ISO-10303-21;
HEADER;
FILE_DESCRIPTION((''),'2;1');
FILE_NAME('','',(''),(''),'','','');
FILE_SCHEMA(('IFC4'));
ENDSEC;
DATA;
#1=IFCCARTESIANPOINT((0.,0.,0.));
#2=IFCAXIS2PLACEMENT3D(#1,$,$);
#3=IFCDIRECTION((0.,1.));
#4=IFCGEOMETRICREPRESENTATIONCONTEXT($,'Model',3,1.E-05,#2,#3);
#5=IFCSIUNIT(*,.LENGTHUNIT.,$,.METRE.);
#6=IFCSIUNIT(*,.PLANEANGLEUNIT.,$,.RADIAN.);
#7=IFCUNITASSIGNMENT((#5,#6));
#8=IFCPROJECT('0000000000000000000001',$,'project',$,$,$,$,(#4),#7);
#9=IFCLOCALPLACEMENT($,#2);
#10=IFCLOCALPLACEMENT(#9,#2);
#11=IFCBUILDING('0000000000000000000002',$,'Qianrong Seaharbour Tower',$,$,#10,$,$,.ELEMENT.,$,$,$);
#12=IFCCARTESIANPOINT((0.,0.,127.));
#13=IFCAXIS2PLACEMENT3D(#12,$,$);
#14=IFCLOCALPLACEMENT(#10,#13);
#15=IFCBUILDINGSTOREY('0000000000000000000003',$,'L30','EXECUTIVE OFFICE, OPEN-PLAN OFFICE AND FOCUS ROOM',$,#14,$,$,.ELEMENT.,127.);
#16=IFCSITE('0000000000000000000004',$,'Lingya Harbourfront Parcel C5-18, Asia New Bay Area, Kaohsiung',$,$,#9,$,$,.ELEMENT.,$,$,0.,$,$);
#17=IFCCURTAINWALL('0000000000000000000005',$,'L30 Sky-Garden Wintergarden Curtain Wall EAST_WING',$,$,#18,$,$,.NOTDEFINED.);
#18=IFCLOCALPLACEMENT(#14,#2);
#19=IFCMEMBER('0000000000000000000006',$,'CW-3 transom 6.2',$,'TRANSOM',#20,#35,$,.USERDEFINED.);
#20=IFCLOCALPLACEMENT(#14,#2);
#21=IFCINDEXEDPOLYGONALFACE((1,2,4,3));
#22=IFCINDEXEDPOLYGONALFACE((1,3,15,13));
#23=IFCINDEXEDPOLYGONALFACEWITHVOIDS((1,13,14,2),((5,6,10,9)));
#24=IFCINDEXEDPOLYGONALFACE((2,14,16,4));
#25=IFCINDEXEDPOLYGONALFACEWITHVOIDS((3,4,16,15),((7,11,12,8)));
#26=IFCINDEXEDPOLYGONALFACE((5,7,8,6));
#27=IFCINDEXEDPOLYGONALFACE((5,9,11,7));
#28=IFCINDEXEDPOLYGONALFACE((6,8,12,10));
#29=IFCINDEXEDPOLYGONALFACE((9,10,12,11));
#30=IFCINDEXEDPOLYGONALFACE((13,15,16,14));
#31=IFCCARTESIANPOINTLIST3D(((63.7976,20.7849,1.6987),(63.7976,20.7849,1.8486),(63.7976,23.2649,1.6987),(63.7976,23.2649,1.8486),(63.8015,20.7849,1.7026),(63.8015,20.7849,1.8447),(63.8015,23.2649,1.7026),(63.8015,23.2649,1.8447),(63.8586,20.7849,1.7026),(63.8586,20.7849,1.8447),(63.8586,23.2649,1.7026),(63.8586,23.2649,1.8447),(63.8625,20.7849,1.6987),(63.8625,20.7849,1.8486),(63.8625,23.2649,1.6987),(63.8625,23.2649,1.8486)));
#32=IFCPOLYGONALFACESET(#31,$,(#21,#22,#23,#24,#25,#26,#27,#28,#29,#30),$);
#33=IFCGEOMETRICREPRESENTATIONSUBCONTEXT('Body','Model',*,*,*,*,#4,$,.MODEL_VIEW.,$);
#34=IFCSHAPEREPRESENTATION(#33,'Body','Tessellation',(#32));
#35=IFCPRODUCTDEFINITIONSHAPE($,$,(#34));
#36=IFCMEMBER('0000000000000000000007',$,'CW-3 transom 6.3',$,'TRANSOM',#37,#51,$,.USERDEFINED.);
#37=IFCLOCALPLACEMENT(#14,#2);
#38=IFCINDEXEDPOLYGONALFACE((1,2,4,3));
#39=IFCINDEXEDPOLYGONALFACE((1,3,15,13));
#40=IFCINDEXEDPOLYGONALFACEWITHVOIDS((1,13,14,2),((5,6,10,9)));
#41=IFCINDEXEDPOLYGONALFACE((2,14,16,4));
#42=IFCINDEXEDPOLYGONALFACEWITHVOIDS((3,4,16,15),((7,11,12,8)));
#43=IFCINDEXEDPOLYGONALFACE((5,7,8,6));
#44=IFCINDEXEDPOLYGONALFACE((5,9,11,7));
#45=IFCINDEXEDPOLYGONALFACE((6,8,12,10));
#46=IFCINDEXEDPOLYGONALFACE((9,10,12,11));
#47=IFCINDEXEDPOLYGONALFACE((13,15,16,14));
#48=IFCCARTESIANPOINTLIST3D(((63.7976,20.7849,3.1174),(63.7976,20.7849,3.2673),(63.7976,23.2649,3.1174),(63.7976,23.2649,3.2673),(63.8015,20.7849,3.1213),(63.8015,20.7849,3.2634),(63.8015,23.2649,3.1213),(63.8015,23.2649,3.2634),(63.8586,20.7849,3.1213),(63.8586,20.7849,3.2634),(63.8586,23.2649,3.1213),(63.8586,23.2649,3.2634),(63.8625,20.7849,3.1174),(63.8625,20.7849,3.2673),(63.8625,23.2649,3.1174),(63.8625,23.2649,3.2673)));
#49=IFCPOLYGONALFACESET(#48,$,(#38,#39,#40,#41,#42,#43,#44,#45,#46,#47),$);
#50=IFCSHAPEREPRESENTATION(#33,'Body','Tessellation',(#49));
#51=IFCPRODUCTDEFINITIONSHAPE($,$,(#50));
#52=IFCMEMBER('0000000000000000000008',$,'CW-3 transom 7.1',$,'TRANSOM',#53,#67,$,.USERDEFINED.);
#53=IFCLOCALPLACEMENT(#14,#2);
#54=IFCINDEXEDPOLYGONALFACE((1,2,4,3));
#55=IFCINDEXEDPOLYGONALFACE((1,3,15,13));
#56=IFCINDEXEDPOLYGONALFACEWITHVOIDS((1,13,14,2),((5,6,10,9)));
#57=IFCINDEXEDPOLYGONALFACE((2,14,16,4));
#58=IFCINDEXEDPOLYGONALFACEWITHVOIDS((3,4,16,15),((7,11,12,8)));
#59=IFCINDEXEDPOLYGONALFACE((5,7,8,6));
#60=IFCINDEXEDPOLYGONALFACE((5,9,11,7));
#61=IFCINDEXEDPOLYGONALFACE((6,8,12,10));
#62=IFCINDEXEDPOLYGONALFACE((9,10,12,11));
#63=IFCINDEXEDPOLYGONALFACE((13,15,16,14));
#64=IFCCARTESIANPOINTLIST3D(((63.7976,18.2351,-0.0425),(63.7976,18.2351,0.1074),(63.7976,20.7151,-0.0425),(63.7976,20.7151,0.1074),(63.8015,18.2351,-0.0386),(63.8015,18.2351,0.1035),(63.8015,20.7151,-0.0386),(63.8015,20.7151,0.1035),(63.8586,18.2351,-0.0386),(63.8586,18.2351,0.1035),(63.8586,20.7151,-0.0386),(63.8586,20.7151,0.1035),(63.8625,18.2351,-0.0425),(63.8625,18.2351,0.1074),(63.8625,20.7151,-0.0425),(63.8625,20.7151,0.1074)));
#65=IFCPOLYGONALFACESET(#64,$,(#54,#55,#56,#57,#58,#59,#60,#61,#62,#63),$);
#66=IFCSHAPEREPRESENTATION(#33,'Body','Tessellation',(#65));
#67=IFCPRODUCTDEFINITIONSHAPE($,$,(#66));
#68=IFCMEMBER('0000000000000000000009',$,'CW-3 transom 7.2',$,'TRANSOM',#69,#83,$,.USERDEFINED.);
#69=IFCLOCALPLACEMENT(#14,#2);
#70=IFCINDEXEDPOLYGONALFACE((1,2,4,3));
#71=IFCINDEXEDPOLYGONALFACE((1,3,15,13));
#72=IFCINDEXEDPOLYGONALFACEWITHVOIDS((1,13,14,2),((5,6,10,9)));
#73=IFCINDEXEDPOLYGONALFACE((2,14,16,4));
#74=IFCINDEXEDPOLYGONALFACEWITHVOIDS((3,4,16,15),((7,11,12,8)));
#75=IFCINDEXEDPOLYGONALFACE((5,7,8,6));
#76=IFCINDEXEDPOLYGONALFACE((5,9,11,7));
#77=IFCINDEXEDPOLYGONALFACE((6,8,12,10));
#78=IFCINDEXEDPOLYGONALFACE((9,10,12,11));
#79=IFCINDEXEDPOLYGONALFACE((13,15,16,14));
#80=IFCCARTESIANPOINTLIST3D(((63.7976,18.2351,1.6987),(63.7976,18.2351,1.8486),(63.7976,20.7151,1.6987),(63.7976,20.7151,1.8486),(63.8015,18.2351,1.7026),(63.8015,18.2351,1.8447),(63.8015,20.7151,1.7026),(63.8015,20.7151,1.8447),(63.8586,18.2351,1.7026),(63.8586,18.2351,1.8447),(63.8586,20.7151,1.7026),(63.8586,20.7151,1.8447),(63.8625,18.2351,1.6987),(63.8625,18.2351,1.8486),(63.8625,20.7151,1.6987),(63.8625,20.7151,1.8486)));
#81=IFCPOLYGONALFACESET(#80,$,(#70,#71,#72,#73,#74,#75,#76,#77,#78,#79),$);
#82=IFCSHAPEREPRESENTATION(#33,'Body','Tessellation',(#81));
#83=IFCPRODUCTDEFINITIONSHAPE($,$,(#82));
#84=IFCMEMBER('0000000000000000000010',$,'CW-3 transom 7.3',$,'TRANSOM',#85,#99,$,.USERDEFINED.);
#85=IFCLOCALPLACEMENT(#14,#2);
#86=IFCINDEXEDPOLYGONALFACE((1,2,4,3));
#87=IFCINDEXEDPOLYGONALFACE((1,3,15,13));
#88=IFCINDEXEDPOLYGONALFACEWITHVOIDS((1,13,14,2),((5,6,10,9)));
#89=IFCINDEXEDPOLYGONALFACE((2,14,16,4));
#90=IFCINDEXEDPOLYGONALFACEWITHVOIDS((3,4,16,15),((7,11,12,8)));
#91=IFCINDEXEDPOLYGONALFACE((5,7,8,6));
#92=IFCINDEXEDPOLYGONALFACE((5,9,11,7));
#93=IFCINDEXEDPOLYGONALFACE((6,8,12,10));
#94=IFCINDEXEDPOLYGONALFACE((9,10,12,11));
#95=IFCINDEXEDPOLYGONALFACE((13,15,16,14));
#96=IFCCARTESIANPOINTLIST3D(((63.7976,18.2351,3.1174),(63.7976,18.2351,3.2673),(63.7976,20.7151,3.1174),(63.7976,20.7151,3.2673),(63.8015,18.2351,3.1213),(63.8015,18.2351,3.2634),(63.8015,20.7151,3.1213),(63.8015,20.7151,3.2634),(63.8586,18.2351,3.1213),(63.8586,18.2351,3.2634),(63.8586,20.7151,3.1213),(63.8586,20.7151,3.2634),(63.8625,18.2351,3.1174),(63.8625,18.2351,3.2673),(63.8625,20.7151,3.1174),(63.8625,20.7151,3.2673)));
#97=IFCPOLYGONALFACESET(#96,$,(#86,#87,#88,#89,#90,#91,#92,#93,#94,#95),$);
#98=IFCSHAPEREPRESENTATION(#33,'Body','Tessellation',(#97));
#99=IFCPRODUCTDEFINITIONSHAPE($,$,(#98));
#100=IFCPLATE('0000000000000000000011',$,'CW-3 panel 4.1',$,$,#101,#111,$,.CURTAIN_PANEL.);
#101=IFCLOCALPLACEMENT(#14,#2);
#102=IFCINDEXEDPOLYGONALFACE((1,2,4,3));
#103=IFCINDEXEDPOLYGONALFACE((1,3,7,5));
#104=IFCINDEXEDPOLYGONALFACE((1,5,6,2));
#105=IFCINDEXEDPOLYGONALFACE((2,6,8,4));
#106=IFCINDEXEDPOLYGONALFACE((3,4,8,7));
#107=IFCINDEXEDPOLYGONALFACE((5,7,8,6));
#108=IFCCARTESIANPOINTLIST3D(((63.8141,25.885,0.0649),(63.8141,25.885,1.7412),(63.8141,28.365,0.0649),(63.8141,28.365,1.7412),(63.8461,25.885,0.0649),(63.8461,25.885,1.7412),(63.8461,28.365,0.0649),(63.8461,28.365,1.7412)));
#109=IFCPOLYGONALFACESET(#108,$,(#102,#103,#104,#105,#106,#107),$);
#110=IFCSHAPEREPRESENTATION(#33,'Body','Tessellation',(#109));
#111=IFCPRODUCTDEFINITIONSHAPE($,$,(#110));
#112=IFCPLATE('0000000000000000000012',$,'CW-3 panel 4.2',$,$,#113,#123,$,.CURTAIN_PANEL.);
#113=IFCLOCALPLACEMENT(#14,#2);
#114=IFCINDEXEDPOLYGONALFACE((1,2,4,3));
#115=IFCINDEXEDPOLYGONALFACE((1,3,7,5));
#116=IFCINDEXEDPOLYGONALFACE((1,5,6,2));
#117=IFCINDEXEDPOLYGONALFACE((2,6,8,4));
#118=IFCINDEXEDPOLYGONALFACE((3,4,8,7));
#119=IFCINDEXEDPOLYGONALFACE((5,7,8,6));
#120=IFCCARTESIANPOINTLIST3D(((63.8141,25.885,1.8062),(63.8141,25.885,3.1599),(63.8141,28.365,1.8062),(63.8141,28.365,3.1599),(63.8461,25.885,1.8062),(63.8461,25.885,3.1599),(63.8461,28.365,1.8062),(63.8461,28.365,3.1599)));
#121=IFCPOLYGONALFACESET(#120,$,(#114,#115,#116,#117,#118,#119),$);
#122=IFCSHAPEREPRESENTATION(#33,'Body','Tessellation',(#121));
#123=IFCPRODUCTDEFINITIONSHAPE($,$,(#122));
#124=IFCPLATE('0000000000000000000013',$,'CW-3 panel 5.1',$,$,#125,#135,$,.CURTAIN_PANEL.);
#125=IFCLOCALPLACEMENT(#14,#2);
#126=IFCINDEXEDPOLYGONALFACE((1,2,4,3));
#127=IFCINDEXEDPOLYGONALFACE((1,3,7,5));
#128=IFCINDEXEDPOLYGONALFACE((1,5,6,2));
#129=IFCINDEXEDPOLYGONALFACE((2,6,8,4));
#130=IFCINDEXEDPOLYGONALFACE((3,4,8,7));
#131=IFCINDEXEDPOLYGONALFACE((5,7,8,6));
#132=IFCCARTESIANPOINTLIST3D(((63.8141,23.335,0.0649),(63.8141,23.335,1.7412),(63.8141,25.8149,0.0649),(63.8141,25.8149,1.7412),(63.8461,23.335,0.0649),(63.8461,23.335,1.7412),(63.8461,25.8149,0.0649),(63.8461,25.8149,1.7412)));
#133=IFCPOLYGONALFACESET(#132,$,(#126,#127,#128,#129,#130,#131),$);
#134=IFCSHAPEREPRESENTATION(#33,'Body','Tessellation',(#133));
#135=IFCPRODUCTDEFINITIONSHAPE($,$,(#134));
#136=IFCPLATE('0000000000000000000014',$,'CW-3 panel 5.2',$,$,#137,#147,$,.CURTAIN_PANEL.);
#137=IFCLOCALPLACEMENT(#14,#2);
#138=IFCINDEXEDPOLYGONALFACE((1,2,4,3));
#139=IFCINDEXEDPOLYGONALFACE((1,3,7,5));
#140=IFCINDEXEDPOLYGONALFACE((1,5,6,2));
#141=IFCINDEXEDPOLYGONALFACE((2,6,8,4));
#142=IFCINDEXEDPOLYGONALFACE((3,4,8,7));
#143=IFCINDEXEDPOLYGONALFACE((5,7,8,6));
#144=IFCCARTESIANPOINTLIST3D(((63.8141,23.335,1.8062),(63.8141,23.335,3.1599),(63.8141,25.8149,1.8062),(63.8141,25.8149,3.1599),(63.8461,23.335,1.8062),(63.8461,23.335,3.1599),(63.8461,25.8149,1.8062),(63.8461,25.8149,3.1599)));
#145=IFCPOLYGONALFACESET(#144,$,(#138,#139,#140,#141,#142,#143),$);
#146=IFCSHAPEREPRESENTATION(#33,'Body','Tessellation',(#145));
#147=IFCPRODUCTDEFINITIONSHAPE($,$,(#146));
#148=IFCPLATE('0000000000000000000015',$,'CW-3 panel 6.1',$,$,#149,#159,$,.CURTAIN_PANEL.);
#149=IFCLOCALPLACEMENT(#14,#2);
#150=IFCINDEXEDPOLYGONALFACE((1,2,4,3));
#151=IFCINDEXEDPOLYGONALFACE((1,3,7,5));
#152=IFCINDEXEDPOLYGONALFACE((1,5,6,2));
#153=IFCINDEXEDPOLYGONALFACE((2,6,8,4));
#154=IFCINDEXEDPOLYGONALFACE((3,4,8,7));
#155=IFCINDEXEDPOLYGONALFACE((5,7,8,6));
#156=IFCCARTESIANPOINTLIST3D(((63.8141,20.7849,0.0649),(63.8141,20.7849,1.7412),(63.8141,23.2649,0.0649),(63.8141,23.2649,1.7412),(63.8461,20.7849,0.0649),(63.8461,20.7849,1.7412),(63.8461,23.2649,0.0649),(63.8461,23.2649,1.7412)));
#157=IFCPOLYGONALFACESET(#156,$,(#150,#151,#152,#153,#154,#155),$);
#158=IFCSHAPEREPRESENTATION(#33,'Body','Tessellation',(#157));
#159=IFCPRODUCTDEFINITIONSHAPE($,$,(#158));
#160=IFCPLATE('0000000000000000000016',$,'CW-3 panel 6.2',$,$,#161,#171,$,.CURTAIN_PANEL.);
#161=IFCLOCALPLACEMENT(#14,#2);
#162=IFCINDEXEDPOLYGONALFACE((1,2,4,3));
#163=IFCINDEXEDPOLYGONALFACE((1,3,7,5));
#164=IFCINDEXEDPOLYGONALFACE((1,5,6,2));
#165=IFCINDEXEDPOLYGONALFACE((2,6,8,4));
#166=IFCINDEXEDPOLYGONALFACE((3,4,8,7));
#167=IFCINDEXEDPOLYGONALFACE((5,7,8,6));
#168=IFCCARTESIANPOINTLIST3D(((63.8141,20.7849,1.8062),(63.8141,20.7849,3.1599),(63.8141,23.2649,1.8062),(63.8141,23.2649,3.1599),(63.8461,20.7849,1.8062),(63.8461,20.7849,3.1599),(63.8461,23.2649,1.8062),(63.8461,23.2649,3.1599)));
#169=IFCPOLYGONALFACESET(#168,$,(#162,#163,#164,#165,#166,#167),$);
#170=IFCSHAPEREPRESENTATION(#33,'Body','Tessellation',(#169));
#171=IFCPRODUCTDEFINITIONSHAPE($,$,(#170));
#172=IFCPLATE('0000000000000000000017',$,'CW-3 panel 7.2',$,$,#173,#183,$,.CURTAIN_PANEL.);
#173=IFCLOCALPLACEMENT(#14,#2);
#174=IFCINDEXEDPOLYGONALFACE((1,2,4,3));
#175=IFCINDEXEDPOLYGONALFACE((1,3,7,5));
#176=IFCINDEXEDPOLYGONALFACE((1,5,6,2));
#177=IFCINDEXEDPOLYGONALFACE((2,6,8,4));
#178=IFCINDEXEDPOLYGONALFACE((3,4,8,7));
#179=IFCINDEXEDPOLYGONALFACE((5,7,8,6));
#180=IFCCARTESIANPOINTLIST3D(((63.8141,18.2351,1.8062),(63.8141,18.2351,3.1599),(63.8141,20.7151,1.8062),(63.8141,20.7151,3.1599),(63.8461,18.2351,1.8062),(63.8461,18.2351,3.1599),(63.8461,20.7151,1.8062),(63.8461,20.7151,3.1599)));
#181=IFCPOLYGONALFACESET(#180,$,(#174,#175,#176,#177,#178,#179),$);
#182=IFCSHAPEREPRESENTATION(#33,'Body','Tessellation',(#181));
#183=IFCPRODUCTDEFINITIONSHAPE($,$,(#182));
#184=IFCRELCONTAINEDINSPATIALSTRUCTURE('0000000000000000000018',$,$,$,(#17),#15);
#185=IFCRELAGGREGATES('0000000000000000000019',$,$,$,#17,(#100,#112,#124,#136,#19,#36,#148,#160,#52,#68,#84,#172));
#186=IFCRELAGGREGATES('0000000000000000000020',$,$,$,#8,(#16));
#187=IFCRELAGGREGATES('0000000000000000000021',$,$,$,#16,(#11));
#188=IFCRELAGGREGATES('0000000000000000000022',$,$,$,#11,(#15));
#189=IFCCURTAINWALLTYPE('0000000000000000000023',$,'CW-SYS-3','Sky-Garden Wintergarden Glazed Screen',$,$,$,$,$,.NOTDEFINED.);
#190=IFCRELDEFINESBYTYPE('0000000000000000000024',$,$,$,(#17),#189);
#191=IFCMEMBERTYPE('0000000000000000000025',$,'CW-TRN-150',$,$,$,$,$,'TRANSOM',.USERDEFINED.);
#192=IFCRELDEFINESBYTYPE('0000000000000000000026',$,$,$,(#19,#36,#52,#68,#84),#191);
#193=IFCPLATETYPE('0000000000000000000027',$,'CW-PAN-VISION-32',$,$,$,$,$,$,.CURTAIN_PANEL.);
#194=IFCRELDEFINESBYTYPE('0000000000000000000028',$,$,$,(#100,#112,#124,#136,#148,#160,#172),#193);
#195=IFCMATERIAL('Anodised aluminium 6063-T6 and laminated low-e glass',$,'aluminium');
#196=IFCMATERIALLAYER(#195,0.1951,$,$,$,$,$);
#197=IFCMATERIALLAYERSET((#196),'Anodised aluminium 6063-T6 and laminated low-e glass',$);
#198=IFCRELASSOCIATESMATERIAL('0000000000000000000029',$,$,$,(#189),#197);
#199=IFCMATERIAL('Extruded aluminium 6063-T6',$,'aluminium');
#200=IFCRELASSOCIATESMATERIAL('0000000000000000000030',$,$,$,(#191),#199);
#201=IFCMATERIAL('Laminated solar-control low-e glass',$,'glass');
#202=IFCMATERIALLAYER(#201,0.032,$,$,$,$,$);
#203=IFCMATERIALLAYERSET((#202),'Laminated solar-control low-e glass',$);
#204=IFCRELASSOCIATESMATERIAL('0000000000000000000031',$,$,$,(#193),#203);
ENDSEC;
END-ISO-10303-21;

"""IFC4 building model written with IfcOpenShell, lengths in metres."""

from ifc_helpers import new_model, si_unit, direction, frame, origin, origin_2d, place, context, subcontext, project, spatial, rectangle, hollow_rectangle, extrude, material, layer, layer_set, material_profile, profile_set, type_object, element, aggregate, save


model = new_model("IFC4")

# Units and contexts
model_context = context("Model", 3, precision=1e-05, world=origin(), true_north=direction((0.0, 1.0)))
body_context = subcontext(model_context, "Body", "Model", "MODEL_VIEW")
ifc_project = project(units=[si_unit("LENGTHUNIT", "METRE"), si_unit("PLANEANGLEUNIT", "RADIAN")], contexts=[model_context])

# Site, building, storey
site_placement = place(None, origin())
site = spatial("IfcSite", under=ifc_project, at=site_placement, Name="Lingya Harbourfront Parcel C5-18, Asia New Bay Area, Kaohsiung", CompositionType="ELEMENT", RefElevation=0.0)
building_placement = place(site_placement, origin())
building = spatial("IfcBuilding", under=site, at=building_placement, Name="Qianrong Seaharbour Tower", CompositionType="ELEMENT")
storey_placement = place(building_placement, frame((0.0, 0.0, 127.0)))
storey = spatial("IfcBuildingStorey", under=building, at=storey_placement, Name="L30", Description="EXECUTIVE OFFICE, OPEN-PLAN OFFICE AND FOCUS ROOM", CompositionType="ELEMENT", Elevation=127.0)

# Curtain wall, members, plates
ifc_material_1 = material(Name="Anodised aluminium 6063-T6 and laminated low-e glass", Category="aluminium")
ifc_layer_1 = layer(ifc_material_1, 0.1951)
ifc_layer_set_1 = layer_set([ifc_layer_1], Name="Anodised aluminium 6063-T6 and laminated low-e glass")
curtain_wall_type = type_object("IfcCurtainWallType", Name="CW-SYS-3", Description="Sky-Garden Wintergarden Glazed Screen", PredefinedType="NOTDEFINED", material=ifc_layer_set_1)
curtain_wall_placement = place(storey_placement, origin())
curtain_wall = element("IfcCurtainWall", 1, at=curtain_wall_placement, inside=storey, type_object=curtain_wall_type, Name="L30 Sky-Garden Wintergarden Curtain Wall EAST_WING", PredefinedType="NOTDEFINED")
ifc_material_2 = material(Name="Extruded aluminium 6063-T6", Category="aluminium")
ifc_material_profile_1 = material_profile(ifc_material_2, hollow_rectangle(XDim=0.0649, YDim=0.1499, WallThickness=0.0039, at=origin_2d()), Name="ALU-TRN-150x65x4")
ifc_profile_set_1 = profile_set([ifc_material_profile_1], Name="Extruded aluminium 6063-T6")
member_type_1 = type_object("IfcMemberType", Name="CW-TRN-150", ElementType="TRANSOM", PredefinedType="USERDEFINED", material=ifc_profile_set_1)
member_1_placement = place(storey_placement, frame((63.8301, 23.2649, 1.7737), z_axis=(0.0, -1.0, 0.0), x_axis=(1.0, 0.0, 0.0)))
member_1 = element("IfcMember", 2, at=member_1_placement, type_object=member_type_1, Name="CW-3 transom 6.2", ObjectType="TRANSOM", PredefinedType="USERDEFINED", context=body_context, shape_type="SweptSolid", body=[
    extrude(hollow_rectangle(XDim=0.0649, YDim=0.1499, WallThickness=0.0039, at=origin_2d()), origin(), (0.0, 0.0, 1.0), 2.48),
])
member_2_placement = place(storey_placement, frame((63.8301, 23.2649, 3.1924), z_axis=(0.0, -1.0, 0.0), x_axis=(1.0, 0.0, 0.0)))
member_2 = element("IfcMember", 3, at=member_2_placement, type_object=member_type_1, Name="CW-3 transom 6.3", ObjectType="TRANSOM", PredefinedType="USERDEFINED", context=body_context, shape_type="SweptSolid", body=[
    extrude(hollow_rectangle(XDim=0.0649, YDim=0.1499, WallThickness=0.0039, at=origin_2d()), origin(), (0.0, 0.0, 1.0), 2.48),
])
member_3_placement = place(storey_placement, frame((63.8301, 20.7151, 0.0325), z_axis=(0.0, -1.0, 0.0), x_axis=(1.0, 0.0, 0.0)))
member_3 = element("IfcMember", 4, at=member_3_placement, type_object=member_type_1, Name="CW-3 transom 7.1", ObjectType="TRANSOM", PredefinedType="USERDEFINED", context=body_context, shape_type="SweptSolid", body=[
    extrude(hollow_rectangle(XDim=0.0649, YDim=0.1499, WallThickness=0.0039, at=origin_2d()), origin(), (0.0, 0.0, 1.0), 2.48),
])
member_4_placement = place(storey_placement, frame((63.8301, 20.7151, 1.7737), z_axis=(0.0, -1.0, 0.0), x_axis=(1.0, 0.0, 0.0)))
member_4 = element("IfcMember", 5, at=member_4_placement, type_object=member_type_1, Name="CW-3 transom 7.2", ObjectType="TRANSOM", PredefinedType="USERDEFINED", context=body_context, shape_type="SweptSolid", body=[
    extrude(hollow_rectangle(XDim=0.0649, YDim=0.1499, WallThickness=0.0039, at=origin_2d()), origin(), (0.0, 0.0, 1.0), 2.48),
])
member_5_placement = place(storey_placement, frame((63.8301, 20.7151, 3.1924), z_axis=(0.0, -1.0, 0.0), x_axis=(1.0, 0.0, 0.0)))
member_5 = element("IfcMember", 6, at=member_5_placement, type_object=member_type_1, Name="CW-3 transom 7.3", ObjectType="TRANSOM", PredefinedType="USERDEFINED", context=body_context, shape_type="SweptSolid", body=[
    extrude(hollow_rectangle(XDim=0.0649, YDim=0.1499, WallThickness=0.0039, at=origin_2d()), origin(), (0.0, 0.0, 1.0), 2.48),
])
ifc_material_3 = material(Name="Laminated solar-control low-e glass", Category="glass")
ifc_layer_2 = layer(ifc_material_3, 0.032)
ifc_layer_set_2 = layer_set([ifc_layer_2], Name="Laminated solar-control low-e glass")
plate_type = type_object("IfcPlateType", Name="CW-PAN-VISION-32", PredefinedType="CURTAIN_PANEL", material=ifc_layer_set_2)
plate_1_placement = place(storey_placement, frame((63.8301, 27.125, 0.0649), z_axis=(0.0, 0.0, 1.0), x_axis=(0.0, -1.0, 0.0)))
plate_1 = element("IfcPlate", 7, at=plate_1_placement, type_object=plate_type, Name="CW-3 panel 4.1", PredefinedType="CURTAIN_PANEL", context=body_context, shape_type="SweptSolid", body=[
    extrude(rectangle(XDim=2.48, YDim=0.032, at=origin_2d()), origin(), (0.0, 0.0, 1.0), 1.6763),
])
plate_2_placement = place(storey_placement, frame((63.8301, 27.125, 1.8062), z_axis=(0.0, 0.0, 1.0), x_axis=(0.0, -1.0, 0.0)))
plate_2 = element("IfcPlate", 8, at=plate_2_placement, type_object=plate_type, Name="CW-3 panel 4.2", PredefinedType="CURTAIN_PANEL", context=body_context, shape_type="SweptSolid", body=[
    extrude(rectangle(XDim=2.48, YDim=0.032, at=origin_2d()), origin(), (0.0, 0.0, 1.0), 1.3538),
])
plate_3_placement = place(storey_placement, frame((63.8301, 24.575, 0.0649), z_axis=(0.0, 0.0, 1.0), x_axis=(0.0, -1.0, 0.0)))
plate_3 = element("IfcPlate", 9, at=plate_3_placement, type_object=plate_type, Name="CW-3 panel 5.1", PredefinedType="CURTAIN_PANEL", context=body_context, shape_type="SweptSolid", body=[
    extrude(rectangle(XDim=2.48, YDim=0.032, at=origin_2d()), origin(), (0.0, 0.0, 1.0), 1.6763),
])
plate_4_placement = place(storey_placement, frame((63.8301, 24.575, 1.8062), z_axis=(0.0, 0.0, 1.0), x_axis=(0.0, -1.0, 0.0)))
plate_4 = element("IfcPlate", 10, at=plate_4_placement, type_object=plate_type, Name="CW-3 panel 5.2", PredefinedType="CURTAIN_PANEL", context=body_context, shape_type="SweptSolid", body=[
    extrude(rectangle(XDim=2.48, YDim=0.032, at=origin_2d()), origin(), (0.0, 0.0, 1.0), 1.3538),
])
plate_5_placement = place(storey_placement, frame((63.8301, 22.0249, 0.0649), z_axis=(0.0, 0.0, 1.0), x_axis=(0.0, -1.0, 0.0)))
plate_5 = element("IfcPlate", 11, at=plate_5_placement, type_object=plate_type, Name="CW-3 panel 6.1", PredefinedType="CURTAIN_PANEL", context=body_context, shape_type="SweptSolid", body=[
    extrude(rectangle(XDim=2.48, YDim=0.032, at=origin_2d()), origin(), (0.0, 0.0, 1.0), 1.6763),
])
plate_6_placement = place(storey_placement, frame((63.8301, 22.0249, 1.8062), z_axis=(0.0, 0.0, 1.0), x_axis=(0.0, -1.0, 0.0)))
plate_6 = element("IfcPlate", 12, at=plate_6_placement, type_object=plate_type, Name="CW-3 panel 6.2", PredefinedType="CURTAIN_PANEL", context=body_context, shape_type="SweptSolid", body=[
    extrude(rectangle(XDim=2.48, YDim=0.032, at=origin_2d()), origin(), (0.0, 0.0, 1.0), 1.3538),
])
plate_7_placement = place(storey_placement, frame((63.8301, 19.4751, 1.8062), z_axis=(0.0, 0.0, 1.0), x_axis=(0.0, -1.0, 0.0)))
plate_7 = element("IfcPlate", 13, at=plate_7_placement, type_object=plate_type, Name="CW-3 panel 7.2", PredefinedType="CURTAIN_PANEL", context=body_context, shape_type="SweptSolid", body=[
    extrude(rectangle(XDim=2.48, YDim=0.032, at=origin_2d()), origin(), (0.0, 0.0, 1.0), 1.3538),
])
aggregate(curtain_wall, [plate_1, plate_2, plate_3, plate_4, member_1, member_2, plate_5, plate_6, member_3, member_4, member_5, plate_7])

save(model, "model.ifc")
